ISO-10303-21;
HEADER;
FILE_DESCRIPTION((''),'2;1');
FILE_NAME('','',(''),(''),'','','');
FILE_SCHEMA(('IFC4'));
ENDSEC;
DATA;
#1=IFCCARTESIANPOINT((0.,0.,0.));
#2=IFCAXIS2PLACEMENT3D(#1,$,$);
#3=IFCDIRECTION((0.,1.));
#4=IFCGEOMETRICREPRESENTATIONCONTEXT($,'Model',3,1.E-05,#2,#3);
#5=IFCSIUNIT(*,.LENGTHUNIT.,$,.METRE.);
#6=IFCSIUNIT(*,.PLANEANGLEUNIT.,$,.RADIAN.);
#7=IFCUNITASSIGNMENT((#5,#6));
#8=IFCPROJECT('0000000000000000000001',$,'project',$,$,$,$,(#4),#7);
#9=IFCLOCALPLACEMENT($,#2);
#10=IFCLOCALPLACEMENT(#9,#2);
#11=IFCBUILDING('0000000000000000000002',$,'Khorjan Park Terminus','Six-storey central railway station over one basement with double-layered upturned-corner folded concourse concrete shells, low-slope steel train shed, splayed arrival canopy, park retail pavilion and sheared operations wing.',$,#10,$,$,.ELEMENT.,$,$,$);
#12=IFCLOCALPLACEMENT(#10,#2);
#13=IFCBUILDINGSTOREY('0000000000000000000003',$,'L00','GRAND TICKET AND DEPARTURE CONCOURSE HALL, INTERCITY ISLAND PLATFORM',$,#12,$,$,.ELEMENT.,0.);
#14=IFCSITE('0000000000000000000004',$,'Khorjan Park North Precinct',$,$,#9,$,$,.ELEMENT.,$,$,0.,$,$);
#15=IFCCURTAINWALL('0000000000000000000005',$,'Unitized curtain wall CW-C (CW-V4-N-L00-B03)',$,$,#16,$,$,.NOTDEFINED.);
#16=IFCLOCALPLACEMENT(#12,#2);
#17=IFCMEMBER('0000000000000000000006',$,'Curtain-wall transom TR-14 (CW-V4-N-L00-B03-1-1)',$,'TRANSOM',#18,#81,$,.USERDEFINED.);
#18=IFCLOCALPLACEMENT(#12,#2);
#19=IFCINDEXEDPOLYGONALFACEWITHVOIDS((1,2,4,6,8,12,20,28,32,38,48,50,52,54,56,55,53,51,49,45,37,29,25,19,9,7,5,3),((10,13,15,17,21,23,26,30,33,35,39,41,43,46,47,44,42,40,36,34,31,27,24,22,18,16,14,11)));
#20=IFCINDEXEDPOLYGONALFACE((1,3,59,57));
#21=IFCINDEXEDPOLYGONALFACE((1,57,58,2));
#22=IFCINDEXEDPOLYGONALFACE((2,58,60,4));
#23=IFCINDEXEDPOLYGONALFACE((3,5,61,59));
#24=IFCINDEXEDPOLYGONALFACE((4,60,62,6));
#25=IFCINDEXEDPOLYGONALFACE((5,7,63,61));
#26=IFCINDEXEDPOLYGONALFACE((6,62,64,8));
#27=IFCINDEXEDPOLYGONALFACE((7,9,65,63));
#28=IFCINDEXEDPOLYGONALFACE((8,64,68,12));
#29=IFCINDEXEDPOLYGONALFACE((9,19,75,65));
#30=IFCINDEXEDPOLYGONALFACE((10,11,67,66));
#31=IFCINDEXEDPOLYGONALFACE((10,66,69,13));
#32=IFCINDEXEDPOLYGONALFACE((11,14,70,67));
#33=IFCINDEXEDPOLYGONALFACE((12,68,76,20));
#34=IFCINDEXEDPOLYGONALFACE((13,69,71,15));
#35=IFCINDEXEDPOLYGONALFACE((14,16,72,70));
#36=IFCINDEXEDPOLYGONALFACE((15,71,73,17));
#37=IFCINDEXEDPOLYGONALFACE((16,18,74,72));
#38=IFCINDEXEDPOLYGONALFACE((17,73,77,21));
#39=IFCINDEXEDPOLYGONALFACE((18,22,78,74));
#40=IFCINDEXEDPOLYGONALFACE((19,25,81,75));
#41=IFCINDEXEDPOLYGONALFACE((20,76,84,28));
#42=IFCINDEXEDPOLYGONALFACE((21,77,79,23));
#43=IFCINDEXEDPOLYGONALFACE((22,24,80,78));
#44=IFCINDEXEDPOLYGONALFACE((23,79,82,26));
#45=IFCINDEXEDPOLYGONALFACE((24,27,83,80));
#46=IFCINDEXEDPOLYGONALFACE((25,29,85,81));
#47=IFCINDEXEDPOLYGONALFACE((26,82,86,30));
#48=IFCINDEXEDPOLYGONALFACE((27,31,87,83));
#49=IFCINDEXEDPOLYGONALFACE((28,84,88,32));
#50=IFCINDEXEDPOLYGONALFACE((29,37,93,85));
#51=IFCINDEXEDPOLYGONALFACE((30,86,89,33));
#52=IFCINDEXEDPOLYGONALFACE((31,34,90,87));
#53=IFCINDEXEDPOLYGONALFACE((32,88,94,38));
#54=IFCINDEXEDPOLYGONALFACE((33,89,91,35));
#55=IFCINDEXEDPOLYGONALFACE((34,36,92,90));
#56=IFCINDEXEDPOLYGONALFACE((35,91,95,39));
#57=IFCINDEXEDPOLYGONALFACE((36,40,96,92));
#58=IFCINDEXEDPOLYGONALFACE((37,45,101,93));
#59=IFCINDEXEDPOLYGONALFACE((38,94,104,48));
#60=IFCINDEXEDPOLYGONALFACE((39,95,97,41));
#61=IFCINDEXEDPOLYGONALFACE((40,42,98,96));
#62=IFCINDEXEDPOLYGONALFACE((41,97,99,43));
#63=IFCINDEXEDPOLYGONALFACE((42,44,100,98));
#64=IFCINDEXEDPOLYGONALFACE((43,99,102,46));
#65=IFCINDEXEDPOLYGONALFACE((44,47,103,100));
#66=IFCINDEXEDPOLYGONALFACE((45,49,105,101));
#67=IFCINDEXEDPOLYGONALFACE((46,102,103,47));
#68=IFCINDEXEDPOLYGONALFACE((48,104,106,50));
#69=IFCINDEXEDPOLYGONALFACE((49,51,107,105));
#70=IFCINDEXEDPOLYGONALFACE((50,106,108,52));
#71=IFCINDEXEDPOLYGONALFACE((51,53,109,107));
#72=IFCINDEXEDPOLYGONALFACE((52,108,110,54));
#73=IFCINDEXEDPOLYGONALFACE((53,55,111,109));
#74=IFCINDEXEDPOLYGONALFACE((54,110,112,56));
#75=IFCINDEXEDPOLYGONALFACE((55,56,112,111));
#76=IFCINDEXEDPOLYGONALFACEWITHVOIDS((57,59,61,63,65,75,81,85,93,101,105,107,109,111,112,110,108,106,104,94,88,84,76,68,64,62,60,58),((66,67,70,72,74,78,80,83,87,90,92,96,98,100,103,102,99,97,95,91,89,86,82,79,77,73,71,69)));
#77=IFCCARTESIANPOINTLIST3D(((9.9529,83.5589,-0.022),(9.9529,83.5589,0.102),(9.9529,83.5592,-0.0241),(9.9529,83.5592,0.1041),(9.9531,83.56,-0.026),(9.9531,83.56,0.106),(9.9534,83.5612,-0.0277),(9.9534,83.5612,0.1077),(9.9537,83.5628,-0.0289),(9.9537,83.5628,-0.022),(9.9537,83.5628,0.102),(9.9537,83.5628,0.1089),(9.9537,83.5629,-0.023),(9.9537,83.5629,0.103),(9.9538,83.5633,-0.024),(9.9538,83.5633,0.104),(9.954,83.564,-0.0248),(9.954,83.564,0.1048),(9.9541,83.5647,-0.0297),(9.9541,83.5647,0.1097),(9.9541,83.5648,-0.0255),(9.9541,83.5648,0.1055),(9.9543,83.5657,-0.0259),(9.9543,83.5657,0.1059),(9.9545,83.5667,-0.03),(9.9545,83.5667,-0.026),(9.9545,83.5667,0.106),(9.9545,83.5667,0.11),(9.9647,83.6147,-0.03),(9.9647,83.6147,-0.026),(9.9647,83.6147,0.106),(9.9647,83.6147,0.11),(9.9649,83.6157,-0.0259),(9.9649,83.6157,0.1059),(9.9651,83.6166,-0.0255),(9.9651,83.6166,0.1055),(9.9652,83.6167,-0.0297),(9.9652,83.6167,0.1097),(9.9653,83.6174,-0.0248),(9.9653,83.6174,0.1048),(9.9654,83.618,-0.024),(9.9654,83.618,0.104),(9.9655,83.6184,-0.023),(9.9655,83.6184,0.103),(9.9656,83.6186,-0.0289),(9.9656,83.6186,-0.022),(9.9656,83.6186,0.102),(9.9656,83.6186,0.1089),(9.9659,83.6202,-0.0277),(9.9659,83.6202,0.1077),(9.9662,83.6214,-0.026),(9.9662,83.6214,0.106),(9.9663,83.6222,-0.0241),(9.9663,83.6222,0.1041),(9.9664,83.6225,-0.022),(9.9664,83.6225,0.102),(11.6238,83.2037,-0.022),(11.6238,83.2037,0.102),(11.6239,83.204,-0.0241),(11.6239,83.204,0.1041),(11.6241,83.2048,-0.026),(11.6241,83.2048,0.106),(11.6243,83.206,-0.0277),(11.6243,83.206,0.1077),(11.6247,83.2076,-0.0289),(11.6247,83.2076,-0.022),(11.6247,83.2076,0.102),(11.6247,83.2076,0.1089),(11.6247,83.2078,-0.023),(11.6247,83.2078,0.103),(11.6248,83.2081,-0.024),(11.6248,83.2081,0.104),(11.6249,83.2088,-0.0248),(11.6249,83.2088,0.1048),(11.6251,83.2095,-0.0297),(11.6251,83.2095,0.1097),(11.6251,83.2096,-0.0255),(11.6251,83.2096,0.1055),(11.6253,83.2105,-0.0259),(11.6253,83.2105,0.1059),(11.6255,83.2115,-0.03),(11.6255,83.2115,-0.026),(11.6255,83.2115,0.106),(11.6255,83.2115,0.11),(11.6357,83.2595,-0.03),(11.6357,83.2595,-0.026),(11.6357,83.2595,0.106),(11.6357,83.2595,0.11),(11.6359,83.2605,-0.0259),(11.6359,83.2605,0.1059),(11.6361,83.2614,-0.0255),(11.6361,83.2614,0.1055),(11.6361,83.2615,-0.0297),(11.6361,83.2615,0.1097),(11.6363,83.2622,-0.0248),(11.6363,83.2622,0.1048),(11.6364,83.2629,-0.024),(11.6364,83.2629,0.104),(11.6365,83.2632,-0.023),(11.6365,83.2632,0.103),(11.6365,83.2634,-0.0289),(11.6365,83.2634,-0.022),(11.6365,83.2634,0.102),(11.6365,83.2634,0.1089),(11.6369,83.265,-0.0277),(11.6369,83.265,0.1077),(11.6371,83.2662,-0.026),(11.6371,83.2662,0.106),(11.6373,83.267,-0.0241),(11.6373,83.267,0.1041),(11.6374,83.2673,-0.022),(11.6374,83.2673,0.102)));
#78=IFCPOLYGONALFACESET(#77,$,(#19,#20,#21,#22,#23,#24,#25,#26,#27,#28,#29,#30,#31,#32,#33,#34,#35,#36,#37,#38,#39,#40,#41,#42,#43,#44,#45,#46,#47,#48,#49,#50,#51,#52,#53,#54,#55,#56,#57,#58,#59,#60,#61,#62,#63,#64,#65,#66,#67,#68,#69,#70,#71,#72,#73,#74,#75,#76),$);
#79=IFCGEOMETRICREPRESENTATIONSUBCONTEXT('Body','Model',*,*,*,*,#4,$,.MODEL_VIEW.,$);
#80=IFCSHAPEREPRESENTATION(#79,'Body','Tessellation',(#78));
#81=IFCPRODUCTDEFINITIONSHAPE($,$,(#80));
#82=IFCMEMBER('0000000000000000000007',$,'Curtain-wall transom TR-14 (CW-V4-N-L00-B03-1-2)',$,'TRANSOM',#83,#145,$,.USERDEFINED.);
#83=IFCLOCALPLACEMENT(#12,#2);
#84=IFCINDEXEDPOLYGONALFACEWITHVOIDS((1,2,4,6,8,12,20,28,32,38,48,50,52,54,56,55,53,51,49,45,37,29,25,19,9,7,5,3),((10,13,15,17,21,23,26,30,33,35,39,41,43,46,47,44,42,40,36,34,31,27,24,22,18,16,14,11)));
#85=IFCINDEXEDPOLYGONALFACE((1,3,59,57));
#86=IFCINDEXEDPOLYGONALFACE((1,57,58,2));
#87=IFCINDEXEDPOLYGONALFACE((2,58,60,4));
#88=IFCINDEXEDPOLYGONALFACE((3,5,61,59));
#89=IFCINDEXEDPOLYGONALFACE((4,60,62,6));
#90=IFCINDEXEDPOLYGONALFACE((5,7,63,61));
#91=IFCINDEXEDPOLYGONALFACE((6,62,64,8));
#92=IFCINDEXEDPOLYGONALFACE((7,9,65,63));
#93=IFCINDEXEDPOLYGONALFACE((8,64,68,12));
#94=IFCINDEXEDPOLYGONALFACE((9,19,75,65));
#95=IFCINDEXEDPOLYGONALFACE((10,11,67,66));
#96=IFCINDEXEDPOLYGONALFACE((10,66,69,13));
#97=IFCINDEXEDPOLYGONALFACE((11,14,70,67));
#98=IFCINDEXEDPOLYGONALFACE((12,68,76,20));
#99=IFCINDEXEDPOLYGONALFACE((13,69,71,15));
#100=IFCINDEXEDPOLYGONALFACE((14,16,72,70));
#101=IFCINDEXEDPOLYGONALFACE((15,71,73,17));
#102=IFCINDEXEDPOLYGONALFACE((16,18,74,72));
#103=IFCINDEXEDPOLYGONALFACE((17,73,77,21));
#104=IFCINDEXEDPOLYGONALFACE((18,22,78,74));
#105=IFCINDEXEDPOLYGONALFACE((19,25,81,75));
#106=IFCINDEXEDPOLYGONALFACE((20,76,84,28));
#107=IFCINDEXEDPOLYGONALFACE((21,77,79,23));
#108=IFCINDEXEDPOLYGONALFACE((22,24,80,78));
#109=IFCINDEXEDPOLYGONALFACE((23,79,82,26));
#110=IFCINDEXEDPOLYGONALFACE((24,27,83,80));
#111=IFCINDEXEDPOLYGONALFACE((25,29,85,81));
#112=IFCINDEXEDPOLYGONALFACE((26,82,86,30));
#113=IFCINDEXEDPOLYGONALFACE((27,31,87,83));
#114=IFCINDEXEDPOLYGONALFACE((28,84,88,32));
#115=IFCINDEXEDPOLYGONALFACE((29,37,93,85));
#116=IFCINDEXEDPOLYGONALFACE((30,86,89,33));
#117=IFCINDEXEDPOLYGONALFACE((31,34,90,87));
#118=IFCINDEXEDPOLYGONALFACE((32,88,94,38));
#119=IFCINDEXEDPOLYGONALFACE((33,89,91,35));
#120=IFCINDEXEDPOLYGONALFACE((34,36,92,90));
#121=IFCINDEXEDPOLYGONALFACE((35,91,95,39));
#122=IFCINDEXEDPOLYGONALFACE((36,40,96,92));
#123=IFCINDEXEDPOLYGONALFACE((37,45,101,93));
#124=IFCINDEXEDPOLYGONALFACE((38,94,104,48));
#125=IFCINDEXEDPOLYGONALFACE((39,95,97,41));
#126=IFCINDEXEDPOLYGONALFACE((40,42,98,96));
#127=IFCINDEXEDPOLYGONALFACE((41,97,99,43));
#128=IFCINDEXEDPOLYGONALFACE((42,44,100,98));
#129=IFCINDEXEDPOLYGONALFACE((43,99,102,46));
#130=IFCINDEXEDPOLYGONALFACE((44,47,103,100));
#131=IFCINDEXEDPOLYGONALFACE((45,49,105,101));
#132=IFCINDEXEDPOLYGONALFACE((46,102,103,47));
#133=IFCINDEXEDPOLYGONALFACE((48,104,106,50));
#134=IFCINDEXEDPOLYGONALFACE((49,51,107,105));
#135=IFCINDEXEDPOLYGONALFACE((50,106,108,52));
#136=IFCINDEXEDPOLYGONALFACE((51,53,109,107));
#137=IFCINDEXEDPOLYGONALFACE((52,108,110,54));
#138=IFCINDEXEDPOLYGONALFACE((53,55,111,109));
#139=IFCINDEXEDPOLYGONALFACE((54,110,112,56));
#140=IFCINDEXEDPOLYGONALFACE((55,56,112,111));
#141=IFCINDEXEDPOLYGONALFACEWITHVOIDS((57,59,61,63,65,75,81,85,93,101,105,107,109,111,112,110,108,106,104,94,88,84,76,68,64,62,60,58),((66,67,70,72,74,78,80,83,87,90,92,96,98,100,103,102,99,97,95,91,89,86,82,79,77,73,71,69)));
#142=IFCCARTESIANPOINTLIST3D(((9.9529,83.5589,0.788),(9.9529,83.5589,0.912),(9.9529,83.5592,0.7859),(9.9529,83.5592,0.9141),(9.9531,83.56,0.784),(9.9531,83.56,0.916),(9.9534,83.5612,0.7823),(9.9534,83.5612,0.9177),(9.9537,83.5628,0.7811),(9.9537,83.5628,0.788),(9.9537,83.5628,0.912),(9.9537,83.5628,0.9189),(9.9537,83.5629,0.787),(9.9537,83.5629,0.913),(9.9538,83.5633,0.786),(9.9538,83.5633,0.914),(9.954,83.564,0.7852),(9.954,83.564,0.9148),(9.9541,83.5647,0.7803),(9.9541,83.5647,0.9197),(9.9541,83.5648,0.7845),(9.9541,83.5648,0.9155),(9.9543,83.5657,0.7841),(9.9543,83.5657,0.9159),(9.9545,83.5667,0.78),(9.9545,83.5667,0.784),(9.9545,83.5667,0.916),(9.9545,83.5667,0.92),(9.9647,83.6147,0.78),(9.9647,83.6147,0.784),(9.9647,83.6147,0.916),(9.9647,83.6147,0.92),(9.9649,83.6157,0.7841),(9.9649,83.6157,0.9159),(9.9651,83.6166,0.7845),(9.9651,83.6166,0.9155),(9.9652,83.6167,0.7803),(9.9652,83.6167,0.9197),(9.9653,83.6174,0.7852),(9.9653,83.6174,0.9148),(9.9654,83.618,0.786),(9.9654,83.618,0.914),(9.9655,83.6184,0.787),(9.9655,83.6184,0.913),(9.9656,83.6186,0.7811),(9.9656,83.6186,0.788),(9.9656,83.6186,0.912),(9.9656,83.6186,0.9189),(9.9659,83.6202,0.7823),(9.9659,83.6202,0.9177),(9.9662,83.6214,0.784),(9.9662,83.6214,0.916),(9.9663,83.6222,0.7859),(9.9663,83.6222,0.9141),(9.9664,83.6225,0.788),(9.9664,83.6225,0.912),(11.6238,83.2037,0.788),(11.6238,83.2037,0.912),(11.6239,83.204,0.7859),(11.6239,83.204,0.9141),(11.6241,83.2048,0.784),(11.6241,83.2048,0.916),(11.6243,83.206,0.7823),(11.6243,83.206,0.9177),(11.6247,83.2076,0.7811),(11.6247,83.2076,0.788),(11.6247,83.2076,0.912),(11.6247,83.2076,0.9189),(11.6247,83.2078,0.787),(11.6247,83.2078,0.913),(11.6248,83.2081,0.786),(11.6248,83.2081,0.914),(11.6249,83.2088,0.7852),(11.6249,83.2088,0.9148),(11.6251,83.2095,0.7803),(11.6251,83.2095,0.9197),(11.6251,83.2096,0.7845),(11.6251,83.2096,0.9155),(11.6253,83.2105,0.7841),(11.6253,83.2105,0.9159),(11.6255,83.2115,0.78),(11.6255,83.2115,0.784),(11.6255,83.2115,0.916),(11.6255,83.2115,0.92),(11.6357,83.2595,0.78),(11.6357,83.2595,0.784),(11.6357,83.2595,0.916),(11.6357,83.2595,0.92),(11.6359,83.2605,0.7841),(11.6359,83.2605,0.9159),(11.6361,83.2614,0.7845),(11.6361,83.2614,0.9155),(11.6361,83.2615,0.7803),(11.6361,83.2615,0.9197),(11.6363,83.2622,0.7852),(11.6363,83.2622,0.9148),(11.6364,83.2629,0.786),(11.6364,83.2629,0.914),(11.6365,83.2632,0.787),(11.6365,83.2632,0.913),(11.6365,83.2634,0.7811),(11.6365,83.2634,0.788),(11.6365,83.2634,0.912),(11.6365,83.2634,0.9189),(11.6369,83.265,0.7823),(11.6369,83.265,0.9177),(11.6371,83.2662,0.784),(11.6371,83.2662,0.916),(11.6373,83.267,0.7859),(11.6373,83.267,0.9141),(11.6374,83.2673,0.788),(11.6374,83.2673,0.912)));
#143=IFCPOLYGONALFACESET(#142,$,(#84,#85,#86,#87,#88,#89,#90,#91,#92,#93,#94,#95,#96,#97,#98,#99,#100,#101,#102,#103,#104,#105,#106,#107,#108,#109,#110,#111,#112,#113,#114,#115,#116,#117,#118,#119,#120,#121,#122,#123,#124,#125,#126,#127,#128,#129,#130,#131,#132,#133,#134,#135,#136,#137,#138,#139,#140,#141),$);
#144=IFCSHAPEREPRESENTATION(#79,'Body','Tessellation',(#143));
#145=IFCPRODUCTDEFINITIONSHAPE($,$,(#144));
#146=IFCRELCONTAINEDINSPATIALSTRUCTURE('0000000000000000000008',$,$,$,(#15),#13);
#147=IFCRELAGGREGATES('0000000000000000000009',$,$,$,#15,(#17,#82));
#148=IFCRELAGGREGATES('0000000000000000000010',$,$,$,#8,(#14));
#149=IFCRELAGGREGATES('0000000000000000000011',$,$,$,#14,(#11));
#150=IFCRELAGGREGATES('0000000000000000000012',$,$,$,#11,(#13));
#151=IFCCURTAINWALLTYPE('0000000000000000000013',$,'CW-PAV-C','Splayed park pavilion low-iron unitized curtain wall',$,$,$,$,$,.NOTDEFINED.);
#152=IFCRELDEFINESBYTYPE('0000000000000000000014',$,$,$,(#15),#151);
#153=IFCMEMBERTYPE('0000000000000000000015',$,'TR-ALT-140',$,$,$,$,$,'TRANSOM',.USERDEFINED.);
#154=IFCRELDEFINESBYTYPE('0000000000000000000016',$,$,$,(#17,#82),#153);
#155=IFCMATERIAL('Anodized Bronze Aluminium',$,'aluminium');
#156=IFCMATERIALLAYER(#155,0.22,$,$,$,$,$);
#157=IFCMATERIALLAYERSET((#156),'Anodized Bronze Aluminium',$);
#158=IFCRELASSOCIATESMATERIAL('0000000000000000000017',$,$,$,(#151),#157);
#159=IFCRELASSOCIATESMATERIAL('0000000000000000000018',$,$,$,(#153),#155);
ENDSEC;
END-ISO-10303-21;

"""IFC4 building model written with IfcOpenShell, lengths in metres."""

from ifc_helpers import new_model, si_unit, direction, frame, origin, origin_2d, place, context, subcontext, project, spatial, hollow_rectangle, extrude, material, layer, layer_set, material_profile, profile_set, type_object, element, aggregate, save


model = new_model("IFC4")

# Units and contexts
model_context = context("Model", 3, precision=1e-05, world=origin(), true_north=direction((0.0, 1.0)))
body_context = subcontext(model_context, "Body", "Model", "MODEL_VIEW")
ifc_project = project(units=[si_unit("LENGTHUNIT", "METRE"), si_unit("PLANEANGLEUNIT", "RADIAN")], contexts=[model_context])

# Site, building, storey
site_placement = place(None, origin())
site = spatial("IfcSite", under=ifc_project, at=site_placement, Name="Khorjan Park North Precinct", CompositionType="ELEMENT", RefElevation=0.0)
building_placement = place(site_placement, origin())
building = spatial("IfcBuilding", under=site, at=building_placement, Name="Khorjan Park Terminus", Description="Six-storey central railway station over one basement with double-layered upturned-corner folded concourse concrete shells, low-slope steel train shed, splayed arrival canopy, park retail pavilion and sheared operations wing.", CompositionType="ELEMENT")
storey_placement = place(building_placement, origin())
storey = spatial("IfcBuildingStorey", under=building, at=storey_placement, Name="L00", Description="GRAND TICKET AND DEPARTURE CONCOURSE HALL, INTERCITY ISLAND PLATFORM", CompositionType="ELEMENT", Elevation=0.0)

# Curtain wall, members
ifc_material_1 = material(Name="Anodized Bronze Aluminium", Category="aluminium")
ifc_layer_1 = layer(ifc_material_1, 0.22)
ifc_layer_set_1 = layer_set([ifc_layer_1], Name="Anodized Bronze Aluminium")
curtain_wall_type = type_object("IfcCurtainWallType", Name="CW-PAV-C", Description="Splayed park pavilion low-iron unitized curtain wall", PredefinedType="NOTDEFINED", material=ifc_layer_set_1)
curtain_wall_placement = place(storey_placement, origin())
curtain_wall = element("IfcCurtainWall", 1, at=curtain_wall_placement, inside=storey, type_object=curtain_wall_type, Name="Unitized curtain wall CW-C (CW-V4-N-L00-B03)", PredefinedType="NOTDEFINED")
ifc_material_profile_1 = material_profile(ifc_material_1, hollow_rectangle(XDim=0.065, YDim=0.14, WallThickness=0.004, InnerFilletRadius=0.004, OuterFilletRadius=0.008, at=origin_2d()), Name="ALT 65x140x4")
ifc_profile_set_1 = profile_set([ifc_material_profile_1], Name="Anodized Bronze Aluminium")
member_type_1 = type_object("IfcMemberType", Name="TR-ALT-140", ElementType="TRANSOM", PredefinedType="USERDEFINED", material=ifc_profile_set_1)
member_1_placement = place(storey_placement, frame((11.6306, 83.2355, 0.04), z_axis=(-0.978145, 0.207922, 0.0), x_axis=(-0.207922, -0.978145, 0.0)))
member_1 = element("IfcMember", 2, at=member_1_placement, type_object=member_type_1, Name="Curtain-wall transom TR-14 (CW-V4-N-L00-B03-1-1)", ObjectType="TRANSOM", PredefinedType="USERDEFINED", context=body_context, shape_type="SweptSolid", body=[
    extrude(hollow_rectangle(XDim=0.065, YDim=0.14, WallThickness=0.004, InnerFilletRadius=0.004, OuterFilletRadius=0.008, at=origin_2d()), origin(), (0.0, 0.0, 1.0), 1.7083),
])
member_2_placement = place(storey_placement, frame((11.6306, 83.2355, 0.85), z_axis=(-0.978145, 0.207922, 0.0), x_axis=(-0.207922, -0.978145, 0.0)))
member_2 = element("IfcMember", 3, at=member_2_placement, type_object=member_type_1, Name="Curtain-wall transom TR-14 (CW-V4-N-L00-B03-1-2)", ObjectType="TRANSOM", PredefinedType="USERDEFINED", context=body_context, shape_type="SweptSolid", body=[
    extrude(hollow_rectangle(XDim=0.065, YDim=0.14, WallThickness=0.004, InnerFilletRadius=0.004, OuterFilletRadius=0.008, at=origin_2d()), origin(), (0.0, 0.0, 1.0), 1.7083),
])
aggregate(curtain_wall, [member_1, member_2])

save(model, "model.ifc")
